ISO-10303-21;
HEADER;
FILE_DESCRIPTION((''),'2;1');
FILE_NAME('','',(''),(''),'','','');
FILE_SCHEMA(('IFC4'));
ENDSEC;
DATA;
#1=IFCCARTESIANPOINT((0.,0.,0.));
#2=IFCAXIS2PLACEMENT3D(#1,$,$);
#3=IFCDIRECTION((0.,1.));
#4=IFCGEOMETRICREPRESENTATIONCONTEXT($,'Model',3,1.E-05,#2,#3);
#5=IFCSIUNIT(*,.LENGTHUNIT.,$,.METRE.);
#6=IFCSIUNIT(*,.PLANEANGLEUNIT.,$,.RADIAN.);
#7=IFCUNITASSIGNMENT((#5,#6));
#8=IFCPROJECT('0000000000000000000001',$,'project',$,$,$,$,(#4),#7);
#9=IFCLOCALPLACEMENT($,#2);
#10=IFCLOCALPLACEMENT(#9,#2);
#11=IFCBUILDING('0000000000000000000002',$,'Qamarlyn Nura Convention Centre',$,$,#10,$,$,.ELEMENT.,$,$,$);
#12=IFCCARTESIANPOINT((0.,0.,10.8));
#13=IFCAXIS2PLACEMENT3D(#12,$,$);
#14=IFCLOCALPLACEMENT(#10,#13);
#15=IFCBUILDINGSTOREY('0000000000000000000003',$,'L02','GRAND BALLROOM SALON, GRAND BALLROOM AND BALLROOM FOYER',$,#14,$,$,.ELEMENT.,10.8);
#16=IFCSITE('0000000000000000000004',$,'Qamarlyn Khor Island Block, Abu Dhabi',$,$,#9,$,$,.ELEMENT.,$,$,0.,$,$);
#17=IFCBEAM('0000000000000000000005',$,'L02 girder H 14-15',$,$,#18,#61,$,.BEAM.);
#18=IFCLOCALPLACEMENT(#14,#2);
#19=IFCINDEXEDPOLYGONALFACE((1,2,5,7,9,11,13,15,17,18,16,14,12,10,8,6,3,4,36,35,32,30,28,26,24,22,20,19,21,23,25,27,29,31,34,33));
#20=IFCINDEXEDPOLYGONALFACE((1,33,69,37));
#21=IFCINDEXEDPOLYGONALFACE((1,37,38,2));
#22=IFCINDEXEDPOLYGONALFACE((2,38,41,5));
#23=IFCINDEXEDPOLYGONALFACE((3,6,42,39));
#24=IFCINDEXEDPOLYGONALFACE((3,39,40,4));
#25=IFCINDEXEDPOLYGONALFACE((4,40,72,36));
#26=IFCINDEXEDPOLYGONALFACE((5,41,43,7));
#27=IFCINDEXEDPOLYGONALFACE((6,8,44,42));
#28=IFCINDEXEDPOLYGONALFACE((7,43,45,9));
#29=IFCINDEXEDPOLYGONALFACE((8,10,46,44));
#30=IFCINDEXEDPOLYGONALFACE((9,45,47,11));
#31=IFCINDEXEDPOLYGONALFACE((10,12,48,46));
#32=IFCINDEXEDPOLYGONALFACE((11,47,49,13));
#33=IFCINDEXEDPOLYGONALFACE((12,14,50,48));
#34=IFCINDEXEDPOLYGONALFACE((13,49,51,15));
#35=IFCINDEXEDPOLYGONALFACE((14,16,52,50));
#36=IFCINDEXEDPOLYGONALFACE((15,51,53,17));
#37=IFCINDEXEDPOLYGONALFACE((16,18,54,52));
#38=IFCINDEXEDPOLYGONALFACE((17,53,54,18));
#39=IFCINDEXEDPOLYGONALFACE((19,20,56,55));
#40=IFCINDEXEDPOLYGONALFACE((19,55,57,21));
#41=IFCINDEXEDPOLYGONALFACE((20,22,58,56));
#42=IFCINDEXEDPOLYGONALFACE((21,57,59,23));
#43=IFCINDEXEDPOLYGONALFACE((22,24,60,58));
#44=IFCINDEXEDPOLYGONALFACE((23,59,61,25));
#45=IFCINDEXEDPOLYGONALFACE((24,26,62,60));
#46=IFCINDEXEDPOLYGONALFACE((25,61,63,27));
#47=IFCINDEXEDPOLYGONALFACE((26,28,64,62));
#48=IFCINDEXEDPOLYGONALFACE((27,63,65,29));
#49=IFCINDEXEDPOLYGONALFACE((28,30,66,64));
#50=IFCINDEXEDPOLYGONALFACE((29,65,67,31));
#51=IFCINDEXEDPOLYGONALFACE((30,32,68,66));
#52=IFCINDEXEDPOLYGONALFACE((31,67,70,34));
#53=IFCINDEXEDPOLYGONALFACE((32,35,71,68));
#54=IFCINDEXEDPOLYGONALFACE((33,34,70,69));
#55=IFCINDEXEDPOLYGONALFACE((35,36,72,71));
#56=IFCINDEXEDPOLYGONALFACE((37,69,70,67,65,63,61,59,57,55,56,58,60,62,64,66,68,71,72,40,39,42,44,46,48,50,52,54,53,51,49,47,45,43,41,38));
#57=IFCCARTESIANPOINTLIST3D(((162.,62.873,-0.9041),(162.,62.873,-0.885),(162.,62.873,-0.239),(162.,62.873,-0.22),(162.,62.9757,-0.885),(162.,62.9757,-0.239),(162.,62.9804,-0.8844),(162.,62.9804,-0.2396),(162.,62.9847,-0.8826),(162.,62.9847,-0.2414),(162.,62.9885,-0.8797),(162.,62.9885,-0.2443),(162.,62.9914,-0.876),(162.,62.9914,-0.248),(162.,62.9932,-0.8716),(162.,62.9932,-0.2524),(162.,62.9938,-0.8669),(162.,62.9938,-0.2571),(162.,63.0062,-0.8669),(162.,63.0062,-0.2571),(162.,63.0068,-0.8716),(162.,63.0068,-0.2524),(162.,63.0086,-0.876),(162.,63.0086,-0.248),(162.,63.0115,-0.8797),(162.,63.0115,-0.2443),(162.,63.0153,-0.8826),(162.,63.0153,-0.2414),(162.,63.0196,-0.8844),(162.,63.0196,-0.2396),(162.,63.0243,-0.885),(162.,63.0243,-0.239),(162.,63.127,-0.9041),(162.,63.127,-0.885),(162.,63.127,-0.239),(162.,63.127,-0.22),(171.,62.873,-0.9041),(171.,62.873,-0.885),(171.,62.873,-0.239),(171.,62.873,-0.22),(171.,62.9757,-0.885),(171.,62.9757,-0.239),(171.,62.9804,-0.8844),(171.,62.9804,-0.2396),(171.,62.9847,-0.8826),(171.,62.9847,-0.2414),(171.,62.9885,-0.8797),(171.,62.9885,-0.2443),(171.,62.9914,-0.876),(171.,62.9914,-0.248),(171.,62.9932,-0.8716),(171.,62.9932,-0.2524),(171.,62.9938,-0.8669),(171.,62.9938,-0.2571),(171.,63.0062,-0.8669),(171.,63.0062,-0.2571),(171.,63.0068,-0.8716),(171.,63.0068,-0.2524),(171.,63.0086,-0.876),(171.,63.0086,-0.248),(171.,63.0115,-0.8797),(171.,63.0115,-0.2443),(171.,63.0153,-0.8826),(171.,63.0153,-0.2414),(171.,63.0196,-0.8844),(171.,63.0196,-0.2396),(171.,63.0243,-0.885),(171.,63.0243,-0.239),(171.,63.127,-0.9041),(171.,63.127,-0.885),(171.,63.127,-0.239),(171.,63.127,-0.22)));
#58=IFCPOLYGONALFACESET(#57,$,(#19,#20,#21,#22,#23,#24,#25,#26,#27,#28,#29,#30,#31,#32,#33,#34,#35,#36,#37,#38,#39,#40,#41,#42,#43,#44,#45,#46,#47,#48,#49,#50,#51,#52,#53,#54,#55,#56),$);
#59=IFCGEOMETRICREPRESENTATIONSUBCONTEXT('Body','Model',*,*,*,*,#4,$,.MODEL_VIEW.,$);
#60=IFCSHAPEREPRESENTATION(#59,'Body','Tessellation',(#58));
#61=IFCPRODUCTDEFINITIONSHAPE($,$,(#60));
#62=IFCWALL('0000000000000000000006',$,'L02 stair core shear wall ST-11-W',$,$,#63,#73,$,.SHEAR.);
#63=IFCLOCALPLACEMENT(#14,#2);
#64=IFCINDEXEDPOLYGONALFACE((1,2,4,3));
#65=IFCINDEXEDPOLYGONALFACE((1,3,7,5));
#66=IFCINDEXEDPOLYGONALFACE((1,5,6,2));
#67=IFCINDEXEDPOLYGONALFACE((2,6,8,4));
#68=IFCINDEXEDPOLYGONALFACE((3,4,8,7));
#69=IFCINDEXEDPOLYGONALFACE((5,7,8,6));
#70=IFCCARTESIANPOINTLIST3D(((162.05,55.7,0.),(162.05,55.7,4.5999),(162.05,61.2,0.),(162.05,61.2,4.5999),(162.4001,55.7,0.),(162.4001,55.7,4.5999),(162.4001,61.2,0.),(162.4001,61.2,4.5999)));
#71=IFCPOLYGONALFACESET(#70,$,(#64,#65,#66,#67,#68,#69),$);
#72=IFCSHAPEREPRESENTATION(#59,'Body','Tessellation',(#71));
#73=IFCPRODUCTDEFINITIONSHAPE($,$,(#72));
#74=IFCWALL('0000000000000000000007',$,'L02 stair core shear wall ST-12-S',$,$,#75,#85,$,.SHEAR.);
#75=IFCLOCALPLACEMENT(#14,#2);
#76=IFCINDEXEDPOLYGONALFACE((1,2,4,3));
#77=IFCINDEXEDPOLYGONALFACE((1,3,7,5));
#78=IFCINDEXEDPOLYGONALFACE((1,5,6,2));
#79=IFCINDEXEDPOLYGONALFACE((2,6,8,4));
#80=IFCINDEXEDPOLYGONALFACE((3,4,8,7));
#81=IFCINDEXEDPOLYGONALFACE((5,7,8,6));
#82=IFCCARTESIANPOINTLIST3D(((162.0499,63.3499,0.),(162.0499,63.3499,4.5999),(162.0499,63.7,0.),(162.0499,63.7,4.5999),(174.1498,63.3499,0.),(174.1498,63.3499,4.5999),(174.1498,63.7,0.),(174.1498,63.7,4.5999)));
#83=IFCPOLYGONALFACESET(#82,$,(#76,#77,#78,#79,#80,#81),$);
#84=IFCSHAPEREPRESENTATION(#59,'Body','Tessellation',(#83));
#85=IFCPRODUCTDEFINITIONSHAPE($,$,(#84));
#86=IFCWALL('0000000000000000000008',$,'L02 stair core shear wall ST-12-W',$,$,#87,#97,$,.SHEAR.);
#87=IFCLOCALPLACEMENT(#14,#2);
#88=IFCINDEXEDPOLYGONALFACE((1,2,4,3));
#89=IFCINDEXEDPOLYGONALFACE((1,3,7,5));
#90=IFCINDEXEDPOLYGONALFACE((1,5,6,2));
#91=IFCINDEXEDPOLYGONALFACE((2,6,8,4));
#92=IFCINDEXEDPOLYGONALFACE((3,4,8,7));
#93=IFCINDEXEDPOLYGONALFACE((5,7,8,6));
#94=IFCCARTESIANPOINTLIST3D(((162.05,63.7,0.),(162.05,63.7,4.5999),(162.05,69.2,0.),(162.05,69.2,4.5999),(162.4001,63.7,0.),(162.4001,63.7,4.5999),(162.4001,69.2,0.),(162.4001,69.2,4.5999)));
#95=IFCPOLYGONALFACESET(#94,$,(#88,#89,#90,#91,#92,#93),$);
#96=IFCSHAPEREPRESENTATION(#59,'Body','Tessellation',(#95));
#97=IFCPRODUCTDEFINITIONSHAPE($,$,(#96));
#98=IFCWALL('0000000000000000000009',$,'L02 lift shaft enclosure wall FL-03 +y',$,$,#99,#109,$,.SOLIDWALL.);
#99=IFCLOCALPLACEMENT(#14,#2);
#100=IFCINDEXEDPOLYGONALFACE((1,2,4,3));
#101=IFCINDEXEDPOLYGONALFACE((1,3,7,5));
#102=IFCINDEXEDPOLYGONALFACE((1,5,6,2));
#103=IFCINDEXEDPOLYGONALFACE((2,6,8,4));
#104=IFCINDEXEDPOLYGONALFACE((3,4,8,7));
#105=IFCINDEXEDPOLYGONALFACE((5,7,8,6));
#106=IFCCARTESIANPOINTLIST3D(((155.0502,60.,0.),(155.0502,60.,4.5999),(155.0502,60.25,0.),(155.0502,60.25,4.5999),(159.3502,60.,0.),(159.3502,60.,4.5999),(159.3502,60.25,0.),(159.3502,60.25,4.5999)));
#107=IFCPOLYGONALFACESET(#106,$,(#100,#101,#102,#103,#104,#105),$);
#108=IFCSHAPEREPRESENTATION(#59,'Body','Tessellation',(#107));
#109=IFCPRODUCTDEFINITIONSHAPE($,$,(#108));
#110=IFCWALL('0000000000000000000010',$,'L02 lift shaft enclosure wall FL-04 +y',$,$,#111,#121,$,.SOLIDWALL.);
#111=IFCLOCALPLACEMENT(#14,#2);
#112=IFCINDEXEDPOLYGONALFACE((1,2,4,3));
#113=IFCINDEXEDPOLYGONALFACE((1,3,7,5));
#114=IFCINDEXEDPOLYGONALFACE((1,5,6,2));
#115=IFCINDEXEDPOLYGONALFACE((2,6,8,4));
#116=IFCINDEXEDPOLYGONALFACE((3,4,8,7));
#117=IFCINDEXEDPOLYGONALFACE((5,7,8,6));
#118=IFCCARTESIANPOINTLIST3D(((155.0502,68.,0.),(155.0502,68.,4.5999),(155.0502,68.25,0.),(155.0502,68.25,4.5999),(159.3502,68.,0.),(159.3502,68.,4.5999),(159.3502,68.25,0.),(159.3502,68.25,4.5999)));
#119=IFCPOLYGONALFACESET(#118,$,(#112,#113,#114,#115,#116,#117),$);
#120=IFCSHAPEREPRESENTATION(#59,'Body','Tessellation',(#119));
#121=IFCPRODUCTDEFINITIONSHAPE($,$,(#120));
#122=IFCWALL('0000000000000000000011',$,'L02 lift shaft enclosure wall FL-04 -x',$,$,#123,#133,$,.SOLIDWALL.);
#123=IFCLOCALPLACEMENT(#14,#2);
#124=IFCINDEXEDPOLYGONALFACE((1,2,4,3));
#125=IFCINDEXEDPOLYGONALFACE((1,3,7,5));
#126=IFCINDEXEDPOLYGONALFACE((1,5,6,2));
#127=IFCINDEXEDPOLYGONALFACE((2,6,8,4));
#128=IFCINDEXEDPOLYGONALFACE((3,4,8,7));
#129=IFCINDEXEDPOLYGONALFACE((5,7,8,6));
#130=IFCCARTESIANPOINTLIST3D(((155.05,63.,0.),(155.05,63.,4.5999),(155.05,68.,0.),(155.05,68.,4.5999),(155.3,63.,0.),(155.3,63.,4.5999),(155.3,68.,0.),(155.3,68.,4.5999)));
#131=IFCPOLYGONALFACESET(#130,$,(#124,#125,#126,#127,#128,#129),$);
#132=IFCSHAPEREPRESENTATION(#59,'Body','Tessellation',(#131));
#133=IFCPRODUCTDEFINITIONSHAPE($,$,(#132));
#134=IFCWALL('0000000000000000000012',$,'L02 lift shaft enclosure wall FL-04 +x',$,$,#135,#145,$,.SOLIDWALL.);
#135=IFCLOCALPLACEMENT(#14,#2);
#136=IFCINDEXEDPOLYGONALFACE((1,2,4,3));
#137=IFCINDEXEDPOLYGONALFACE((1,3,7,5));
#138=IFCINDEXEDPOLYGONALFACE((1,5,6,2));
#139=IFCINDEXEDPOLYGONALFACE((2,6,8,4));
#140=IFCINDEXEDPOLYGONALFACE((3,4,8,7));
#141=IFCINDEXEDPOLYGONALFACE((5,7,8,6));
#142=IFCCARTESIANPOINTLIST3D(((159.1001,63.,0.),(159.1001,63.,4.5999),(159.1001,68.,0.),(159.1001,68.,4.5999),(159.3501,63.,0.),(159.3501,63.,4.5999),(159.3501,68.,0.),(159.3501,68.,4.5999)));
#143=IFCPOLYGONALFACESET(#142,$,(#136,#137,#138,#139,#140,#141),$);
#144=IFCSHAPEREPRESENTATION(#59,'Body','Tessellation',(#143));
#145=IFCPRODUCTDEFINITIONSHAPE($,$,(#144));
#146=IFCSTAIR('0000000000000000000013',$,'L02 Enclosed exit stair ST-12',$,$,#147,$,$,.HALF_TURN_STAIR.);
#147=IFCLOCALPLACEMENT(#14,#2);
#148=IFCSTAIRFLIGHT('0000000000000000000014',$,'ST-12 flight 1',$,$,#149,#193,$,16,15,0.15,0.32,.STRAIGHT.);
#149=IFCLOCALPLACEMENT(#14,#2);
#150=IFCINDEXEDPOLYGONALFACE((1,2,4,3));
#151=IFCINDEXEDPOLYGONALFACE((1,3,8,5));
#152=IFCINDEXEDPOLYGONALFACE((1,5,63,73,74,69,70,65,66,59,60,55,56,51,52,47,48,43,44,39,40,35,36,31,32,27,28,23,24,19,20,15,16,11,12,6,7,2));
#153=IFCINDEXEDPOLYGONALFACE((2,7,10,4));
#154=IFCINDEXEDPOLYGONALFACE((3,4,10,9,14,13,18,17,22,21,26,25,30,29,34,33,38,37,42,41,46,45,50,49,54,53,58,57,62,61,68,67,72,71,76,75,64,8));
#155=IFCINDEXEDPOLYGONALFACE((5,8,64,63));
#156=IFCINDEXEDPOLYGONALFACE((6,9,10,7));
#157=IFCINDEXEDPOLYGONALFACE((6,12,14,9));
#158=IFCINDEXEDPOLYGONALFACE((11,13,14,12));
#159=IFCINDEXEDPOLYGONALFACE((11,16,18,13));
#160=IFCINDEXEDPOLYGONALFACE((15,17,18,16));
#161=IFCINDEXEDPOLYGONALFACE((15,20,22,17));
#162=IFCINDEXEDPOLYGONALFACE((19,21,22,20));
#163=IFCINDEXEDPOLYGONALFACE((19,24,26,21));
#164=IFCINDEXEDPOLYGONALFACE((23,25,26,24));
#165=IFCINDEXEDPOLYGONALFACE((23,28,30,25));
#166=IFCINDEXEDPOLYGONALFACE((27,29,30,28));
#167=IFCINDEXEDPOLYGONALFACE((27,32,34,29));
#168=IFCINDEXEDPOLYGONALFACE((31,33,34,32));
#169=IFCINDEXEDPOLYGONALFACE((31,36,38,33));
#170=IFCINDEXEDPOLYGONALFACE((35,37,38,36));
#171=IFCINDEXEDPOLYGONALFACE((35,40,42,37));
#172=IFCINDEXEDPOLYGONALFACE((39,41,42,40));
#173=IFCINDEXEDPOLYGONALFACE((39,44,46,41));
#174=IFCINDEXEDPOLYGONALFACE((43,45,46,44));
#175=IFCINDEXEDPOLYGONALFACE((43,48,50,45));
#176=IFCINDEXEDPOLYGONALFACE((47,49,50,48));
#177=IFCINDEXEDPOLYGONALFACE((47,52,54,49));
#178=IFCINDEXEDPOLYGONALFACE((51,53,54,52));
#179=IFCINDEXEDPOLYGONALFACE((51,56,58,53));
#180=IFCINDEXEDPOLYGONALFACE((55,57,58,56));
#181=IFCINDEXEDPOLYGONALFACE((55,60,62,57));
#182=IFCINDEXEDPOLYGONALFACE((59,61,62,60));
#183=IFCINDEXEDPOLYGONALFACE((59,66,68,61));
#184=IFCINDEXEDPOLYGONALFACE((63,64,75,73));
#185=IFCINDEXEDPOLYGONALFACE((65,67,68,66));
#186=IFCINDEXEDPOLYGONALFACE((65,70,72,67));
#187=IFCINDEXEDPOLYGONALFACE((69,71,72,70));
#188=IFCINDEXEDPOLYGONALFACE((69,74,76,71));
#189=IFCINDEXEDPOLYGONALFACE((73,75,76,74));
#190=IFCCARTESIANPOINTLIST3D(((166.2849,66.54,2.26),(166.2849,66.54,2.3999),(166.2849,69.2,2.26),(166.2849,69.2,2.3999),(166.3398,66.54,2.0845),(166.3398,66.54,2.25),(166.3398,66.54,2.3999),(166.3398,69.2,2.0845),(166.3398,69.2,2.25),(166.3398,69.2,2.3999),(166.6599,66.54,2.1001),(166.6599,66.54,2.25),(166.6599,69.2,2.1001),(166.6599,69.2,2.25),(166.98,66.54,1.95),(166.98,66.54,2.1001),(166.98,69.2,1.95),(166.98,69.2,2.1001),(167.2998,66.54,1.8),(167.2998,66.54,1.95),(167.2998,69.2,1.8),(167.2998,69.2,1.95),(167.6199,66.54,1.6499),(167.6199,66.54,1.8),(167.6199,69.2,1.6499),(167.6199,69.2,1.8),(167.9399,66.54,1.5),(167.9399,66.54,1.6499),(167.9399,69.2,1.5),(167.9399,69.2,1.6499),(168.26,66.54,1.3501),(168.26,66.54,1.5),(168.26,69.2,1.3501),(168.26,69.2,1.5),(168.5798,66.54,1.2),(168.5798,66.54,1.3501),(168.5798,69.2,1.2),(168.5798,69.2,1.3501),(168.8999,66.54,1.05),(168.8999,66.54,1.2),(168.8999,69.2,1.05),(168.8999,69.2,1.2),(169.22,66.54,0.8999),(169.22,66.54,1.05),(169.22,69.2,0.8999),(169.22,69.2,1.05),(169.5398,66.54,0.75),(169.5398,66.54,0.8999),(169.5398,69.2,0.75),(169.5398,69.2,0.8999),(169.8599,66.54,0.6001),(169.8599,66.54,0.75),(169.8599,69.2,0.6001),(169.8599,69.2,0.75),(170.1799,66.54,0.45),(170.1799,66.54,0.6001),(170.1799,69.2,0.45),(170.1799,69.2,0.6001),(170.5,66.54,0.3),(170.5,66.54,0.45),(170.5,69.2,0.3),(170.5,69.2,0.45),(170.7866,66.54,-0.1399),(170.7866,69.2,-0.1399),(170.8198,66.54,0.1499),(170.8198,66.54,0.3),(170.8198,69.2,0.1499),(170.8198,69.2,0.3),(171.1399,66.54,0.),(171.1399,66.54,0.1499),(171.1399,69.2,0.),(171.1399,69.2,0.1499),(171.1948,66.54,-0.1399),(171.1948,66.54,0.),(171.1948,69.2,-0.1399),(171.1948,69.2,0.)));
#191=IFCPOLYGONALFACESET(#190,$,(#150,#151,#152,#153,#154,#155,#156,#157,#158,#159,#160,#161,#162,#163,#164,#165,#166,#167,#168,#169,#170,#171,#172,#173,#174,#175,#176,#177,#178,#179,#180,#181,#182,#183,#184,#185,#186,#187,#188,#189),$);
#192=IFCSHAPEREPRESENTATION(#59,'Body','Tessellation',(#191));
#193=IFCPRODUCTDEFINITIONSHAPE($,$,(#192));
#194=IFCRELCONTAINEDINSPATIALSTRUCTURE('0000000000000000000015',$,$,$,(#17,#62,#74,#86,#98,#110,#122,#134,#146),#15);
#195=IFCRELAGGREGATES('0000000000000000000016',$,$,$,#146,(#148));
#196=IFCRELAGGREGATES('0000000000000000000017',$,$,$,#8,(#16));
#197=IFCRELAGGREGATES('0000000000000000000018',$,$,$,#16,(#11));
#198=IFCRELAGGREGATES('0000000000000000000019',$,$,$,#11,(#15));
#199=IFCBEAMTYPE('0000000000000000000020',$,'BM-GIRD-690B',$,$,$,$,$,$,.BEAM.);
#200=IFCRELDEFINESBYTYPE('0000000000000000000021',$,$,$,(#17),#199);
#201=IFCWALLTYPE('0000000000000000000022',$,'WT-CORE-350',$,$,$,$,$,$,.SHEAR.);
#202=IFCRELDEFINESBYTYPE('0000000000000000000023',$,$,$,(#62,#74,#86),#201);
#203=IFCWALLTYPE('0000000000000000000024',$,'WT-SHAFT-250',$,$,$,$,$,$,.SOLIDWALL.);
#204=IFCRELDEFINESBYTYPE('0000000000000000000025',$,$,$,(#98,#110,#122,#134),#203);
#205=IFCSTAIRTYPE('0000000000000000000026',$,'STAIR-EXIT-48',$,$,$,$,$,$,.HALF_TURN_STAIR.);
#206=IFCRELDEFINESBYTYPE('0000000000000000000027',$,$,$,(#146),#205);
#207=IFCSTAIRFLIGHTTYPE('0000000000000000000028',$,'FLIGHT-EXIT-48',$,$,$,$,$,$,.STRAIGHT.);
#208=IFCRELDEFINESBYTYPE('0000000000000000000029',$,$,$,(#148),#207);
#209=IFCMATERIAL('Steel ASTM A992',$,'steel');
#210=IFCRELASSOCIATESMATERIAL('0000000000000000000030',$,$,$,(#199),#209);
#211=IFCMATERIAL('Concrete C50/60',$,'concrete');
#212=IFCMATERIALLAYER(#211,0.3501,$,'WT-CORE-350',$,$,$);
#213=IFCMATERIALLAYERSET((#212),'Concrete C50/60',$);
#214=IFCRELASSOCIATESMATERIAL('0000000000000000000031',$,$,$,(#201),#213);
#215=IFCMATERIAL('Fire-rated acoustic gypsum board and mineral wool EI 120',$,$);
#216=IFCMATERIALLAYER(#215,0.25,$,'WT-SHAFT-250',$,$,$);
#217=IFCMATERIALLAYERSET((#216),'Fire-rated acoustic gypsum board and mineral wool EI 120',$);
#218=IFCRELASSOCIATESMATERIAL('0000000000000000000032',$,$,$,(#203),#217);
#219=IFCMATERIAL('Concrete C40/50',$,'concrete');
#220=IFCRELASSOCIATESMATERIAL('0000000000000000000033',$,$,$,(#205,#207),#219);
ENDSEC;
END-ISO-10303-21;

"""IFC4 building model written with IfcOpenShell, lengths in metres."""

from ifc_helpers import new_model, si_unit, direction, frame, frame_2d, origin, origin_2d, place, context, subcontext, project, spatial, polyline, rectangle, i_section, outline, extrude, material, layer, layer_set, material_profile, profile_set, type_object, element, aggregate, save


model = new_model("IFC4")

# Units and contexts
model_context = context("Model", 3, precision=1e-05, world=origin(), true_north=direction((0.0, 1.0)))
body_context = subcontext(model_context, "Body", "Model", "MODEL_VIEW")
ifc_project = project(units=[si_unit("LENGTHUNIT", "METRE"), si_unit("PLANEANGLEUNIT", "RADIAN")], contexts=[model_context])

# Site, building, storey
site_placement = place(None, origin())
site = spatial("IfcSite", under=ifc_project, at=site_placement, Name="Qamarlyn Khor Island Block, Abu Dhabi", CompositionType="ELEMENT", RefElevation=0.0)
building_placement = place(site_placement, origin())
building = spatial("IfcBuilding", under=site, at=building_placement, Name="Qamarlyn Nura Convention Centre", CompositionType="ELEMENT")
storey_placement = place(building_placement, frame((0.0, 0.0, 10.8)))
storey = spatial("IfcBuildingStorey", under=building, at=storey_placement, Name="L02", Description="GRAND BALLROOM SALON, GRAND BALLROOM AND BALLROOM FOYER", CompositionType="ELEMENT", Elevation=10.8)

# Shared definitions
ifc_material_1 = material(Name="Steel ASTM A992", Category="steel")

# Beam
ifc_material_profile_1 = material_profile(ifc_material_1, i_section(OverallWidth=0.2539, OverallDepth=0.6841, WebThickness=0.0125, FlangeThickness=0.019, FilletRadius=0.0181, at=origin_2d()), Name="W690X140")
ifc_profile_set_1 = profile_set([ifc_material_profile_1], Name="Steel ASTM A992")
beam_type_1 = type_object("IfcBeamType", Name="BM-GIRD-690B", PredefinedType="BEAM", material=ifc_profile_set_1)
beam_placement = place(storey_placement, frame((162.0, 63.0, -0.562), z_axis=(1.0, 0.0, 0.0), x_axis=(0.0, 1.0, 0.0)))
element("IfcBeam", 1, at=beam_placement, inside=storey, type_object=beam_type_1, Name="L02 girder H 14-15", PredefinedType="BEAM", context=body_context, shape_type="SweptSolid", body=[
    extrude(i_section(OverallWidth=0.2539, OverallDepth=0.6841, WebThickness=0.0125, FlangeThickness=0.019, FilletRadius=0.0181, at=origin_2d()), origin(), (0.0, 0.0, 1.0), 9.0),
])

# Walls
ifc_material_2 = material(Name="Concrete C50/60", Category="concrete")
ifc_layer_1 = layer(ifc_material_2, 0.3501, Name="WT-CORE-350")
ifc_layer_set_1 = layer_set([ifc_layer_1], Name="Concrete C50/60")
wall_type_1 = type_object("IfcWallType", Name="WT-CORE-350", PredefinedType="SHEAR", material=ifc_layer_set_1)
wall_1_placement = place(storey_placement, frame((162.2251, 61.2, 0.0), z_axis=(0.0, 0.0, 1.0), x_axis=(0.0, -1.0, 0.0)))
element("IfcWall", 2, at=wall_1_placement, inside=storey, type_object=wall_type_1, Name="L02 stair core shear wall ST-11-W", PredefinedType="SHEAR", context=body_context, shape_type="SweptSolid", body=[
    extrude(rectangle(XDim=5.5, YDim=0.3501, at=frame_2d((2.75, 0.0))), origin(), (0.0, 0.0, 1.0), 4.5999),
])
wall_2_placement = place(storey_placement, frame((162.05, 63.5249, 0.0), z_axis=(0.0, 0.0, 1.0), x_axis=(1.0, 0.0, 0.0)))
element("IfcWall", 3, at=wall_2_placement, inside=storey, type_object=wall_type_1, Name="L02 stair core shear wall ST-12-S", PredefinedType="SHEAR", context=body_context, shape_type="SweptSolid", body=[
    extrude(rectangle(XDim=12.0999, YDim=0.3501, at=frame_2d((6.0498, 0.0))), origin(), (0.0, 0.0, 1.0), 4.5999),
])
wall_3_placement = place(storey_placement, frame((162.2251, 69.2, 0.0), z_axis=(0.0, 0.0, 1.0), x_axis=(0.0, -1.0, 0.0)))
element("IfcWall", 4, at=wall_3_placement, inside=storey, type_object=wall_type_1, Name="L02 stair core shear wall ST-12-W", PredefinedType="SHEAR", context=body_context, shape_type="SweptSolid", body=[
    extrude(rectangle(XDim=5.5, YDim=0.3501, at=frame_2d((2.75, 0.0))), origin(), (0.0, 0.0, 1.0), 4.5999),
])
ifc_material_3 = material(Name="Fire-rated acoustic gypsum board and mineral wool EI 120")
ifc_layer_2 = layer(ifc_material_3, 0.25, Name="WT-SHAFT-250")
ifc_layer_set_2 = layer_set([ifc_layer_2], Name="Fire-rated acoustic gypsum board and mineral wool EI 120")
wall_type_2 = type_object("IfcWallType", Name="WT-SHAFT-250", PredefinedType="SOLIDWALL", material=ifc_layer_set_2)
for number, where, z_axis, x_axis, name in (
    (5, (159.3501, 60.125, 0.0), (0.0, 0.0, 1.0), (-1.0, 0.0, 0.0), "L02 lift shaft enclosure wall FL-03 +y"),
    (6, (159.3501, 68.125, 0.0), (0.0, 0.0, 1.0), (-1.0, 0.0, 0.0), "L02 lift shaft enclosure wall FL-04 +y"),
):
    element("IfcWall", number, at=place(storey_placement, frame(where, z_axis=z_axis, x_axis=x_axis)), inside=storey, type_object=wall_type_2, Name=name, PredefinedType="SOLIDWALL", context=body_context, shape_type="SweptSolid", body=[
        extrude(rectangle(XDim=4.3, YDim=0.25, at=frame_2d((2.1499, 0.0))), origin(), (0.0, 0.0, 1.0), 4.5999),
    ])
for number, where, z_axis, x_axis, name in (
    (7, (155.175, 68.0, 0.0), (0.0, 0.0, 1.0), (0.0, -1.0, 0.0), "L02 lift shaft enclosure wall FL-04 -x"),
    (8, (159.2251, 63.0, 0.0), (0.0, 0.0, 1.0), (0.0, 1.0, 0.0), "L02 lift shaft enclosure wall FL-04 +x"),
):
    element("IfcWall", number, at=place(storey_placement, frame(where, z_axis=z_axis, x_axis=x_axis)), inside=storey, type_object=wall_type_2, Name=name, PredefinedType="SOLIDWALL", context=body_context, shape_type="SweptSolid", body=[
        extrude(rectangle(XDim=5.0, YDim=0.25, at=frame_2d((2.5, 0.0))), origin(), (0.0, 0.0, 1.0), 4.5999),
    ])

# Stair, stair flight
ifc_material_4 = material(Name="Concrete C40/50", Category="concrete")
stair_type = type_object("IfcStairType", Name="STAIR-EXIT-48", PredefinedType="HALF_TURN_STAIR", material=ifc_material_4)
stair_placement = place(storey_placement, origin())
stair = element("IfcStair", 9, at=stair_placement, inside=storey, type_object=stair_type, Name="L02 Enclosed exit stair ST-12", PredefinedType="HALF_TURN_STAIR")
stair_flight_type = type_object("IfcStairFlightType", Name="FLIGHT-EXIT-48", PredefinedType="STRAIGHT", material=ifc_material_4)
stair_flight_1_placement = place(storey_placement, frame((171.1399, 67.8701, 0.0), z_axis=(0.0, 0.0, 1.0), x_axis=(-1.0, 0.0, 0.0)))
stair_flight_1 = element("IfcStairFlight", 10, at=stair_flight_1_placement, type_object=stair_flight_type, Name="ST-12 flight 1", NumberOfRisers=16, NumberOfTreads=15, PredefinedType="STRAIGHT", RiserHeight=0.15, TreadLength=0.32, context=body_context, shape_type="SweptSolid", body=[
    extrude(outline(polyline([(-0.0549, 0.0), (0.0, 0.0), (0.0, 0.1499), (0.3201, 0.1499), (0.3201, 0.3), (0.6399, 0.3), (0.6399, 0.45), (0.96, 0.45), (0.96, 0.6001), (1.28, 0.6001), (1.28, 0.75), (1.6001, 0.75), (1.6001, 0.8999), (1.9199, 0.8999), (1.9199, 1.05), (2.24, 1.05), (2.24, 1.2), (2.5601, 1.2), (2.5601, 1.3501), (2.8799, 1.3501), (2.8799, 1.5), (3.2, 1.5), (3.2, 1.6499), (3.52, 1.6499), (3.52, 1.8), (3.8401, 1.8), (3.8401, 1.95), (4.1599, 1.95), (4.1599, 2.1001), (4.48, 2.1001), (4.48, 2.25), (4.8, 2.25), (4.8, 2.3999), (4.855, 2.3999), (4.855, 2.26), (4.8, 2.0845), (0.3533, -0.1399), (-0.0549, -0.1399), (-0.0549, 0.0)])), frame((0.0, 1.3301, 0.0), z_axis=(0.0, -1.0, 0.0), x_axis=(1.0, 0.0, 0.0)), (0.0, 0.0, 1.0), 2.6599),
])
aggregate(stair, [stair_flight_1])

save(model, "model.ifc")
